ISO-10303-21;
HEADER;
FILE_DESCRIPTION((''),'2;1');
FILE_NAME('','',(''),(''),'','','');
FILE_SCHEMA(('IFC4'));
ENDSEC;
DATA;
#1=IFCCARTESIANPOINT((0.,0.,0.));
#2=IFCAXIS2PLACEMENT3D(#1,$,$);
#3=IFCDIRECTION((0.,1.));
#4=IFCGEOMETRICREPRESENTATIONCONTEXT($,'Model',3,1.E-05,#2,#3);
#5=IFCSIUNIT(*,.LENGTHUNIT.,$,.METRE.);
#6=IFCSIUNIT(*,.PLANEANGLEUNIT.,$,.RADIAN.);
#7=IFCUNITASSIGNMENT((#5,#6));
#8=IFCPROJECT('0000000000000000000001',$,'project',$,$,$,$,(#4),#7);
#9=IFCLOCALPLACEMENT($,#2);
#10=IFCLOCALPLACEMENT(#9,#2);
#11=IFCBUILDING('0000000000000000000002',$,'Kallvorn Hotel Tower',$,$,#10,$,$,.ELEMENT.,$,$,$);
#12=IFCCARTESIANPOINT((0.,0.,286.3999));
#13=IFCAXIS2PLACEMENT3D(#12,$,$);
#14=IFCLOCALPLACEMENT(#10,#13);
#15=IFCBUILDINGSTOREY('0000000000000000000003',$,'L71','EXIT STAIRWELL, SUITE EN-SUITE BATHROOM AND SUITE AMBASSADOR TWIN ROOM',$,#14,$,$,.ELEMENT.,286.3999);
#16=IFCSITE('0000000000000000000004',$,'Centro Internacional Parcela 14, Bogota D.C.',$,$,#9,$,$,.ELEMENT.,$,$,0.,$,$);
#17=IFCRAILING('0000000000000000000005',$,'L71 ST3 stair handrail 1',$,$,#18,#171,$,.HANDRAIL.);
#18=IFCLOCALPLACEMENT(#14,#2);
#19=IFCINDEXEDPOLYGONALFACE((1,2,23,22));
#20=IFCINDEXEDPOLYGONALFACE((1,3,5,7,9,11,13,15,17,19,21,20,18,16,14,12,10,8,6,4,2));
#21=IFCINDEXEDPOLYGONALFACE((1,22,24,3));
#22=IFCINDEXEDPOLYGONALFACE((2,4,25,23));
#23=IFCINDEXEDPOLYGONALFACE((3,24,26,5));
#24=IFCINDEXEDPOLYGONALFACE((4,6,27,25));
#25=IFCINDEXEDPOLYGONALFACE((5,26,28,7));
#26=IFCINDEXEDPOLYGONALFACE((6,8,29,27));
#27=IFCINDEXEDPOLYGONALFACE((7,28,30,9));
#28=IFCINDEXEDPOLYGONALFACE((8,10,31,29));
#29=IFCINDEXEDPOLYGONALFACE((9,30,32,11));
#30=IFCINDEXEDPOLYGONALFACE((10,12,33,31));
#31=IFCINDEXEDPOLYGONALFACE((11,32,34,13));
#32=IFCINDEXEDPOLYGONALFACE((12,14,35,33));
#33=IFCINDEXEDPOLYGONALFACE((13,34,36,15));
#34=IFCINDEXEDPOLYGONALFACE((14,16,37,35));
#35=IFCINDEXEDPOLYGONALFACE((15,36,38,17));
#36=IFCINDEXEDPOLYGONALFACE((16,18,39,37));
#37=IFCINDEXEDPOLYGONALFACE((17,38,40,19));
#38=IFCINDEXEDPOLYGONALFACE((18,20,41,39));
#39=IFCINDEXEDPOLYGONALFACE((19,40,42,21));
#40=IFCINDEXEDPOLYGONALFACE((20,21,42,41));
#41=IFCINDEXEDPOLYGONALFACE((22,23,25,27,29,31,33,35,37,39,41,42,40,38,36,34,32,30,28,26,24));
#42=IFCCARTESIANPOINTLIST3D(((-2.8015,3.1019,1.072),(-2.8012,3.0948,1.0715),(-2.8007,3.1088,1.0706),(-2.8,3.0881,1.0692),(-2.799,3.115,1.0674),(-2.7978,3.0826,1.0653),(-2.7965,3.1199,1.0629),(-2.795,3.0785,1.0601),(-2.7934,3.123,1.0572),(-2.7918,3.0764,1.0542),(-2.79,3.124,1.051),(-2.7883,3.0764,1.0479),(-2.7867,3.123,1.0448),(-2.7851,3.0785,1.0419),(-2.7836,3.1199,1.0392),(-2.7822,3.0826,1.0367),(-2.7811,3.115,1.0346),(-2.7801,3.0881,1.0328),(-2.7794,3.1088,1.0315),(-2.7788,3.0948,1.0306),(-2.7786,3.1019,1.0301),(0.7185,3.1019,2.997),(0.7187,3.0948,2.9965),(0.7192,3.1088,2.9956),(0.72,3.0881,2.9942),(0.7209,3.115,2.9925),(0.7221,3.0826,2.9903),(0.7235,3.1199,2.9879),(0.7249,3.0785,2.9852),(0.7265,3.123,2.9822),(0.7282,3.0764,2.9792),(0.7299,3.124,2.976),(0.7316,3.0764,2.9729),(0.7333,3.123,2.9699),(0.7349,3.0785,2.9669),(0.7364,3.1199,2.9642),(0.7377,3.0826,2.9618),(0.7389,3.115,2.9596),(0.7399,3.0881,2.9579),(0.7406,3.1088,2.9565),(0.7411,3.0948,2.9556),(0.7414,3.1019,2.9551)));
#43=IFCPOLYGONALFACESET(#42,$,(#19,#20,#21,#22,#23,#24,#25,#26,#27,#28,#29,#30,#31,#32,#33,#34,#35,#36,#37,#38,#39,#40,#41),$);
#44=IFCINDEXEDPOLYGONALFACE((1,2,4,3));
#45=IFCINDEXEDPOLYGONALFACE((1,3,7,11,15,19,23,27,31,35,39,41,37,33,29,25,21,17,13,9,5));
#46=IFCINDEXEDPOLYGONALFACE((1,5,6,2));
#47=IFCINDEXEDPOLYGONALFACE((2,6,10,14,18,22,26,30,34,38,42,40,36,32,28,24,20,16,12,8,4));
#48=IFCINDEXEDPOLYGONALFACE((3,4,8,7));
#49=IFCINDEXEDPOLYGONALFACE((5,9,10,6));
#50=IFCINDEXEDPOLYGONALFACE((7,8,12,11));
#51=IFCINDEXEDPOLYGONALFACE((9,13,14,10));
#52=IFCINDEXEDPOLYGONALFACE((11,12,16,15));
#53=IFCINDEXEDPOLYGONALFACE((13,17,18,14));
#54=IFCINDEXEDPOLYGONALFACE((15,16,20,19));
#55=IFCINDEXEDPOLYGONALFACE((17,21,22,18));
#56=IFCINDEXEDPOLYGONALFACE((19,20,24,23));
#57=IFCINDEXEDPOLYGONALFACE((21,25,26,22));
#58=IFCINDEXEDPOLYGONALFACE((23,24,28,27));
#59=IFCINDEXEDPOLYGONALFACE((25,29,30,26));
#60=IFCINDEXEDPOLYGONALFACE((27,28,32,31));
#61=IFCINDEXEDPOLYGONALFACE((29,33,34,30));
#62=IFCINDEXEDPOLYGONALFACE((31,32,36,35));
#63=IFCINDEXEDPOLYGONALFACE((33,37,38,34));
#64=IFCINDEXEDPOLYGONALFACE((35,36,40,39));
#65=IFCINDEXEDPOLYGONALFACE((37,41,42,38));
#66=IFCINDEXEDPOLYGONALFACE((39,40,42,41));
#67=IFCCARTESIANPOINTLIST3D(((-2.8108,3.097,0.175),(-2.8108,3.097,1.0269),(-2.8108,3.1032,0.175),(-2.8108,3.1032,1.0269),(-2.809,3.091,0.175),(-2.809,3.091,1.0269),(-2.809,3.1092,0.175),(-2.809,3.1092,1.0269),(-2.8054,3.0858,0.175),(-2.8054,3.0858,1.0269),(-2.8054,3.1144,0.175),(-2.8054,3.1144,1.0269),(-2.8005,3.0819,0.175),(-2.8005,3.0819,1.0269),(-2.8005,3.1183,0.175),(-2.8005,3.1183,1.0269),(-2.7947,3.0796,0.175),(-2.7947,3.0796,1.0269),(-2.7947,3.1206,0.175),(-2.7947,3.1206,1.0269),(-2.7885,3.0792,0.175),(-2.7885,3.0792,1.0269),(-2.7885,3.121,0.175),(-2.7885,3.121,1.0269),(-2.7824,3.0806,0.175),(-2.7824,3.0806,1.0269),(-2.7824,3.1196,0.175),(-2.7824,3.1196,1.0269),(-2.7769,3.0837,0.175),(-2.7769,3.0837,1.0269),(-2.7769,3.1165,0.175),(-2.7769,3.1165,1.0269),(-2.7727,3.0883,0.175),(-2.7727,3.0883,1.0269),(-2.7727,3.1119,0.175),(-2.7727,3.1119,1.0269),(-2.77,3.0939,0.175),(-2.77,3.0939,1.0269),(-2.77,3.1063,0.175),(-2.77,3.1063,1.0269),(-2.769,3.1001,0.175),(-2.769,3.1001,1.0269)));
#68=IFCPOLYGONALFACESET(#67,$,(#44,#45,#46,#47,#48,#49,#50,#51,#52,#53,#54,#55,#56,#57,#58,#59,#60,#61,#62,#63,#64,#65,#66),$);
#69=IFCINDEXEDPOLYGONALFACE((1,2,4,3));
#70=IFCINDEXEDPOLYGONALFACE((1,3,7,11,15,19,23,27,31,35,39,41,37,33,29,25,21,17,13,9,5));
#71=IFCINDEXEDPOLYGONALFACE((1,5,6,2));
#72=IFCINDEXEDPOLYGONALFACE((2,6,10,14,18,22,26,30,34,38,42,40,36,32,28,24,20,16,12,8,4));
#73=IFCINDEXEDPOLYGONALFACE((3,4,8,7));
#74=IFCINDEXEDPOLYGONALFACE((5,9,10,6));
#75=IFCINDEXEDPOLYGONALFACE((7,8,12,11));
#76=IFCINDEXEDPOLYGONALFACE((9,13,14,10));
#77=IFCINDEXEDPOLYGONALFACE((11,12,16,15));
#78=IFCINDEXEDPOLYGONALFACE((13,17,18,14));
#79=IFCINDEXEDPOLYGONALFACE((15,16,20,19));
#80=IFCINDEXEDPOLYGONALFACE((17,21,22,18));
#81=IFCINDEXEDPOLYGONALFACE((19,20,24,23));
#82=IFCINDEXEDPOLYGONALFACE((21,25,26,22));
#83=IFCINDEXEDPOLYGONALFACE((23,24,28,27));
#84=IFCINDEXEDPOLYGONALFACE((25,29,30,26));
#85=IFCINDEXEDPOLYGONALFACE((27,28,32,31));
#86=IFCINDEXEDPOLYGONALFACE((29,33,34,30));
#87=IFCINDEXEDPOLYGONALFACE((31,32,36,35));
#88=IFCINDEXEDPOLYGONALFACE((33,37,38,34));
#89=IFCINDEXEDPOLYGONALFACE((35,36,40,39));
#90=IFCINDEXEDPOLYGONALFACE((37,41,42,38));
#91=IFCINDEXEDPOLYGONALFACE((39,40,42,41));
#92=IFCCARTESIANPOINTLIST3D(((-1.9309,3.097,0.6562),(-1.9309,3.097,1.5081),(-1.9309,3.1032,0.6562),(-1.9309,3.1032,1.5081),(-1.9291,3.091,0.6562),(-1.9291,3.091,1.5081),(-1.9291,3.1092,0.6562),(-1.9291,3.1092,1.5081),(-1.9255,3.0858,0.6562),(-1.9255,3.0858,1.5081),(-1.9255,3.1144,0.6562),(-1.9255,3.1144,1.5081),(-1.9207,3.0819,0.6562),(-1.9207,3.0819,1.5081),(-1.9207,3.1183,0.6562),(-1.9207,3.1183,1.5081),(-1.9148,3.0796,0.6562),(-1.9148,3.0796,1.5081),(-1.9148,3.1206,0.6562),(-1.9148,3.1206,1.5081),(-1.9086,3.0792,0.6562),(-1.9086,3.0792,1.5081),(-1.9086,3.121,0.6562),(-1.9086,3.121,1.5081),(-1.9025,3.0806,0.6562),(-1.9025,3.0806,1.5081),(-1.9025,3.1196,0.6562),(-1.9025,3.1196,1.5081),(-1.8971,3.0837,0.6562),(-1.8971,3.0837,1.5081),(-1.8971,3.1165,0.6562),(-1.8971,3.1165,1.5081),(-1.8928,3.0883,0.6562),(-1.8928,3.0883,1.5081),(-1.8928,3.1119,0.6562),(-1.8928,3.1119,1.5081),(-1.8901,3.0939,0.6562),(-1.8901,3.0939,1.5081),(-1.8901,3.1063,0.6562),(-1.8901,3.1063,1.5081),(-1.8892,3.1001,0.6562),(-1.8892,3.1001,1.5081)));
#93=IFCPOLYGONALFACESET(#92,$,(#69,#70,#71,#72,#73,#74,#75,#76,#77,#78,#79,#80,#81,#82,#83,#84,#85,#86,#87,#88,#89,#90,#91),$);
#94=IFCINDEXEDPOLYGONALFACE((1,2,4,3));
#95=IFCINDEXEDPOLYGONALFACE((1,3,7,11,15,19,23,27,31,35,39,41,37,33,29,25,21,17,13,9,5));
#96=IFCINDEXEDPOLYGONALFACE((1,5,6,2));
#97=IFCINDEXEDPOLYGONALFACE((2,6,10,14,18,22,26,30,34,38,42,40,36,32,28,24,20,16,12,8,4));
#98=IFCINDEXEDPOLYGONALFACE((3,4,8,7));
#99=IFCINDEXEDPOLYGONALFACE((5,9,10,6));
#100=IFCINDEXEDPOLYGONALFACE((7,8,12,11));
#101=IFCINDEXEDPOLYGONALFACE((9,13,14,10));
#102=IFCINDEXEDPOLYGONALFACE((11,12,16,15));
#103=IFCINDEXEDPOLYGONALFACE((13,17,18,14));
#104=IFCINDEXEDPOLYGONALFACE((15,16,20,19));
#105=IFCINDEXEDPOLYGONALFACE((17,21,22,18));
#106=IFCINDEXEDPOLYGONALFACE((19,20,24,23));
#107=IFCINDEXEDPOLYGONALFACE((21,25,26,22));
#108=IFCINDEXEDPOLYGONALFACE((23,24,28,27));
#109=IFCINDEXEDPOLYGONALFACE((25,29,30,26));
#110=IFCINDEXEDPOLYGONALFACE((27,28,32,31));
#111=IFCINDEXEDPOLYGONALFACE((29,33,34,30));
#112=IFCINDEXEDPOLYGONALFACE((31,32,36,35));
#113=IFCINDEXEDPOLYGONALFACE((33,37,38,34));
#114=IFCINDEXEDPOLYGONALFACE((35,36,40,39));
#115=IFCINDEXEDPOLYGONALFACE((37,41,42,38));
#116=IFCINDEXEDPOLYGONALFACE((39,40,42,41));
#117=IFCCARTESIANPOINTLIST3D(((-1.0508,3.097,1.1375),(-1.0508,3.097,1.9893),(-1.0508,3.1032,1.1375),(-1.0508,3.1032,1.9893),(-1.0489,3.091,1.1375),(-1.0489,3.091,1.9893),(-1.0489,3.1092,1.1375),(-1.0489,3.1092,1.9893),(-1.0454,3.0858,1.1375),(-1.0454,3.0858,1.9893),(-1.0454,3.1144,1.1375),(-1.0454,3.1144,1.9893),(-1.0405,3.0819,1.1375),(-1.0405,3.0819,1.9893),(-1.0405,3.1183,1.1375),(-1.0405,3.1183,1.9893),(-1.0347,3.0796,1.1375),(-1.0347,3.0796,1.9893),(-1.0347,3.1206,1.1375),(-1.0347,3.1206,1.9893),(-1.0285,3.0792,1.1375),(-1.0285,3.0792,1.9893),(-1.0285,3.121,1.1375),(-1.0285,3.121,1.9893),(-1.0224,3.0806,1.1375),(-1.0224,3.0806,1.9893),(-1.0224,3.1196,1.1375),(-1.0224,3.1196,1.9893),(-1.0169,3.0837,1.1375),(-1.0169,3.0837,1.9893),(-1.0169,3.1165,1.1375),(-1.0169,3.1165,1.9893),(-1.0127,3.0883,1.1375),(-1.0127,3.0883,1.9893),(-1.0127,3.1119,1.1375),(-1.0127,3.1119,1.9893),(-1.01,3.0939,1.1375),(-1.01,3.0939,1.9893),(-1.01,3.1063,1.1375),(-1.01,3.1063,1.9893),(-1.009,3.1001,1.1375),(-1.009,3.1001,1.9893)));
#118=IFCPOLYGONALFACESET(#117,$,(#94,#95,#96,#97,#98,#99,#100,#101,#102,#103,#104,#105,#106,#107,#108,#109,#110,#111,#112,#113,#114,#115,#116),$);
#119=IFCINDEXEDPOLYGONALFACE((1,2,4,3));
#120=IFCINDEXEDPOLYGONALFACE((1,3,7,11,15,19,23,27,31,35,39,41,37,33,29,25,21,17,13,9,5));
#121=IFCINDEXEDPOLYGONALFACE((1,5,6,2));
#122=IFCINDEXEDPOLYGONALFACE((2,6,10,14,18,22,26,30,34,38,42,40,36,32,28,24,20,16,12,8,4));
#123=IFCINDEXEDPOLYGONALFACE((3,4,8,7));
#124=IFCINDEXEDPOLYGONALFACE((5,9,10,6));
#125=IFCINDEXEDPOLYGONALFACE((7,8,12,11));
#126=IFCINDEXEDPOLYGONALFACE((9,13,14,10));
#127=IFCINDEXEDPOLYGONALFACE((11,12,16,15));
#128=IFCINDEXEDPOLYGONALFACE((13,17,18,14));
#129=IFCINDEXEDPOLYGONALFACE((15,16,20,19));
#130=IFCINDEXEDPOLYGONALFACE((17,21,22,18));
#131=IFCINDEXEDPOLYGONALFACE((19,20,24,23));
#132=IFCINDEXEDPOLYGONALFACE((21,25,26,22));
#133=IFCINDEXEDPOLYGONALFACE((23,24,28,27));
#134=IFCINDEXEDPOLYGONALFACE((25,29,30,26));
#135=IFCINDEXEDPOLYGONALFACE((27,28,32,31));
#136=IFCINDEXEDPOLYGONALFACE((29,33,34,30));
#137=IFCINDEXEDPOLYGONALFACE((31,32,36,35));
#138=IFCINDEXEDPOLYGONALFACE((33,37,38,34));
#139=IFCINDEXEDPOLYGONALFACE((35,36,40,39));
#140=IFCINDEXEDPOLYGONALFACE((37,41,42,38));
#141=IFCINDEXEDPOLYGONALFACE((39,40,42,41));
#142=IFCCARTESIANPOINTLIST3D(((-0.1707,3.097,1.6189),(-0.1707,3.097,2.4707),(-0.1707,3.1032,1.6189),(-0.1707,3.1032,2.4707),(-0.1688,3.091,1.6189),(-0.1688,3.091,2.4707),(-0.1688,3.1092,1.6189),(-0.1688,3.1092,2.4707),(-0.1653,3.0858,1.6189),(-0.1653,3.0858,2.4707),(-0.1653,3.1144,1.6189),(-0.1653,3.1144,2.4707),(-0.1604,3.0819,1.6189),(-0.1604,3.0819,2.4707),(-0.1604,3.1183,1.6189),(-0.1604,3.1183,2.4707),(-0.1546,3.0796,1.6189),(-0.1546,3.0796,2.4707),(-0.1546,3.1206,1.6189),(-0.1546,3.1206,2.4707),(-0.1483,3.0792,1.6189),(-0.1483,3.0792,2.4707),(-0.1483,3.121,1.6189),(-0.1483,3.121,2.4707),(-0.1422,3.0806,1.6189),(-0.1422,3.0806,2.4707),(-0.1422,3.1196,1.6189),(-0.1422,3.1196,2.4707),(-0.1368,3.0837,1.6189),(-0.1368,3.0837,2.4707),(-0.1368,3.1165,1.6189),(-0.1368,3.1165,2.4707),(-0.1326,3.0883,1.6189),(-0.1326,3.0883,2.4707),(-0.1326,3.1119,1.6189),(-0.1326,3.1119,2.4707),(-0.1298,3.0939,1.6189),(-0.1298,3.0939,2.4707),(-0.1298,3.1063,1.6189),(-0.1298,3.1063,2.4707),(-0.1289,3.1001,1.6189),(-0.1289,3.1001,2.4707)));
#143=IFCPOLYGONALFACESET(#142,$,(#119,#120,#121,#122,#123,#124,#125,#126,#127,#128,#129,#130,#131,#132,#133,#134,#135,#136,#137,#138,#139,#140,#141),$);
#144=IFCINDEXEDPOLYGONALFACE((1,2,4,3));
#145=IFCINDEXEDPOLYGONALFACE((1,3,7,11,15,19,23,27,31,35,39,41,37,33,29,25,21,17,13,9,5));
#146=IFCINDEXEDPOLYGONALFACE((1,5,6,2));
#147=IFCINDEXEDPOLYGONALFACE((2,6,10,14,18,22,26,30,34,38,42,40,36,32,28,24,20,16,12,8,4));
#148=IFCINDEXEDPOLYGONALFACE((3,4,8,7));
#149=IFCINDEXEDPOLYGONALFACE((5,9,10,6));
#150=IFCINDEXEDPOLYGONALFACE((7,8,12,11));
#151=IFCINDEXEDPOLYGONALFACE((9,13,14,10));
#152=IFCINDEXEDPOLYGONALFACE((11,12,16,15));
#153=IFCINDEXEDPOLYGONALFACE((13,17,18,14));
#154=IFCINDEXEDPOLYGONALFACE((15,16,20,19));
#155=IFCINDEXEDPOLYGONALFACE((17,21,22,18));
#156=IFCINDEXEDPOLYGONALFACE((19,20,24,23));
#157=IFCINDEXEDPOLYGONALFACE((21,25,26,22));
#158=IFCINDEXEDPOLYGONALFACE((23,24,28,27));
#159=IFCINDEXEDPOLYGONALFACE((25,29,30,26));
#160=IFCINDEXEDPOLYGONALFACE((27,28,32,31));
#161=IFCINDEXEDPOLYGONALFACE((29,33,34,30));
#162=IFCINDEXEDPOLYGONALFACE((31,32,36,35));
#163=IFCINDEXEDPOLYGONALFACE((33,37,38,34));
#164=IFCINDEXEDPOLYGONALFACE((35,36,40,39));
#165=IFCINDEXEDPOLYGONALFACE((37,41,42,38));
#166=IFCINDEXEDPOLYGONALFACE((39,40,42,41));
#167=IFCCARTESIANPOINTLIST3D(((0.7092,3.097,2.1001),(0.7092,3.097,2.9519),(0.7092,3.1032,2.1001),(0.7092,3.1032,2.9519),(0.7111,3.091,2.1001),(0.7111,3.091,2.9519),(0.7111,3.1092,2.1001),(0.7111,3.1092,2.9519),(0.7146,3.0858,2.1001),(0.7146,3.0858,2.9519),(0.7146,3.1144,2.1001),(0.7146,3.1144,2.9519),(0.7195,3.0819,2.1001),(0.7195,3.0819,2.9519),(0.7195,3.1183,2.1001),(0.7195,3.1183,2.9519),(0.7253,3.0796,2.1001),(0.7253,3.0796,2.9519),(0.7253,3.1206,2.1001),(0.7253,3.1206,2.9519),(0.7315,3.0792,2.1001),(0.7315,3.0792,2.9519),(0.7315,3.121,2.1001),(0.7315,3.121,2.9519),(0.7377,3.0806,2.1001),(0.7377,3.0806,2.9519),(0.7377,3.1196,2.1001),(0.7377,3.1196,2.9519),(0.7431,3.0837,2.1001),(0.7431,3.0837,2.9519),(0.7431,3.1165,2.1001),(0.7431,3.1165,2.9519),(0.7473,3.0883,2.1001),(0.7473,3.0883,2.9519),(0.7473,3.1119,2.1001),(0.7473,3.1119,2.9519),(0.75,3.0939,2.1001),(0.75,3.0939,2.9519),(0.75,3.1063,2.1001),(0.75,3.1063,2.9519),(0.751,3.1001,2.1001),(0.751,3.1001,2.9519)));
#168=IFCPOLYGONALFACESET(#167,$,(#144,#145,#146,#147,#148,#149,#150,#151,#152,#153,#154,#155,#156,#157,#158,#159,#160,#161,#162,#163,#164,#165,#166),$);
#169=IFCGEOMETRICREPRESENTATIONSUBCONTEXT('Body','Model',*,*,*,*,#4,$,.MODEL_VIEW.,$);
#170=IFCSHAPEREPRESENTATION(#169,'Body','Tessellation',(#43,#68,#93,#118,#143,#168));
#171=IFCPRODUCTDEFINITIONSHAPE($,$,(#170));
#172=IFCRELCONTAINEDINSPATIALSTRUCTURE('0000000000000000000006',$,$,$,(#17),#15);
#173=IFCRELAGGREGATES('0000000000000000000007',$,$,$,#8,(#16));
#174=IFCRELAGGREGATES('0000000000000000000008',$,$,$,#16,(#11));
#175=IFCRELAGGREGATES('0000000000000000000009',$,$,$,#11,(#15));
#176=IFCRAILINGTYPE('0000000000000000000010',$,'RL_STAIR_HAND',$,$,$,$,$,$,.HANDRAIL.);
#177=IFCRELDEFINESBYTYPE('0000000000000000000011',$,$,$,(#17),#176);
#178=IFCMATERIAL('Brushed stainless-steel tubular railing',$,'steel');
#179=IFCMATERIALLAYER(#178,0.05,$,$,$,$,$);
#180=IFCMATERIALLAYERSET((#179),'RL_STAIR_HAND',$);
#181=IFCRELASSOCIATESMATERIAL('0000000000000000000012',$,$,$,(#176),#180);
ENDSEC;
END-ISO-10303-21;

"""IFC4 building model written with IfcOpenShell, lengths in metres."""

from ifc_helpers import new_model, si_unit, direction, frame, origin, origin_2d, place, context, subcontext, project, spatial, circle, extrude, material, layer, layer_set, type_object, element, save


model = new_model("IFC4")

# Units and contexts
model_context = context("Model", 3, precision=1e-05, world=origin(), true_north=direction((0.0, 1.0)))
body_context = subcontext(model_context, "Body", "Model", "MODEL_VIEW")
ifc_project = project(units=[si_unit("LENGTHUNIT", "METRE"), si_unit("PLANEANGLEUNIT", "RADIAN")], contexts=[model_context])

# Site, building, storey
site_placement = place(None, origin())
site = spatial("IfcSite", under=ifc_project, at=site_placement, Name="Centro Internacional Parcela 14, Bogota D.C.", CompositionType="ELEMENT", RefElevation=0.0)
building_placement = place(site_placement, origin())
building = spatial("IfcBuilding", under=site, at=building_placement, Name="Kallvorn Hotel Tower", CompositionType="ELEMENT")
storey_placement = place(building_placement, frame((0.0, 0.0, 286.3999)))
storey = spatial("IfcBuildingStorey", under=building, at=storey_placement, Name="L71", Description="EXIT STAIRWELL, SUITE EN-SUITE BATHROOM AND SUITE AMBASSADOR TWIN ROOM", CompositionType="ELEMENT", Elevation=286.3999)

# Railing
ifc_material_1 = material(Name="Brushed stainless-steel tubular railing", Category="steel")
ifc_layer_1 = layer(ifc_material_1, 0.05)
ifc_layer_set_1 = layer_set([ifc_layer_1], Name="RL_STAIR_HAND")
railing_type_1 = type_object("IfcRailingType", Name="RL_STAIR_HAND", PredefinedType="HANDRAIL", material=ifc_layer_set_1)
railing_1_placement = place(storey_placement, frame((-2.79, 3.1001, 0.175)))
element("IfcRailing", 1, at=railing_1_placement, inside=storey, type_object=railing_type_1, Name="L71 ST3 stair handrail 1", PredefinedType="HANDRAIL", context=body_context, shape_type="SweptSolid", body=[
    extrude(circle(Radius=0.0239, at=origin_2d()), frame((0.0, 0.0, 0.876), z_axis=(0.877367, 0.0, 0.47982), x_axis=(0.0, 1.0, 0.0)), (0.0, 0.0, 1.0), 4.012),
    extrude(circle(Radius=0.021, at=origin_2d()), origin(), (0.0, 0.0, 1.0), 0.8518),
    extrude(circle(Radius=0.021, at=origin_2d()), frame((0.8799, 0.0, 0.4812)), (0.0, 0.0, 1.0), 0.8518),
    extrude(circle(Radius=0.021, at=origin_2d()), frame((1.76, 0.0, 0.9624)), (0.0, 0.0, 1.0), 0.8518),
    extrude(circle(Radius=0.021, at=origin_2d()), frame((2.6401, 0.0, 1.4438)), (0.0, 0.0, 1.0), 0.8518),
    extrude(circle(Radius=0.021, at=origin_2d()), frame((3.52, 0.0, 1.925)), (0.0, 0.0, 1.0), 0.8518),
])

save(model, "model.ifc")
